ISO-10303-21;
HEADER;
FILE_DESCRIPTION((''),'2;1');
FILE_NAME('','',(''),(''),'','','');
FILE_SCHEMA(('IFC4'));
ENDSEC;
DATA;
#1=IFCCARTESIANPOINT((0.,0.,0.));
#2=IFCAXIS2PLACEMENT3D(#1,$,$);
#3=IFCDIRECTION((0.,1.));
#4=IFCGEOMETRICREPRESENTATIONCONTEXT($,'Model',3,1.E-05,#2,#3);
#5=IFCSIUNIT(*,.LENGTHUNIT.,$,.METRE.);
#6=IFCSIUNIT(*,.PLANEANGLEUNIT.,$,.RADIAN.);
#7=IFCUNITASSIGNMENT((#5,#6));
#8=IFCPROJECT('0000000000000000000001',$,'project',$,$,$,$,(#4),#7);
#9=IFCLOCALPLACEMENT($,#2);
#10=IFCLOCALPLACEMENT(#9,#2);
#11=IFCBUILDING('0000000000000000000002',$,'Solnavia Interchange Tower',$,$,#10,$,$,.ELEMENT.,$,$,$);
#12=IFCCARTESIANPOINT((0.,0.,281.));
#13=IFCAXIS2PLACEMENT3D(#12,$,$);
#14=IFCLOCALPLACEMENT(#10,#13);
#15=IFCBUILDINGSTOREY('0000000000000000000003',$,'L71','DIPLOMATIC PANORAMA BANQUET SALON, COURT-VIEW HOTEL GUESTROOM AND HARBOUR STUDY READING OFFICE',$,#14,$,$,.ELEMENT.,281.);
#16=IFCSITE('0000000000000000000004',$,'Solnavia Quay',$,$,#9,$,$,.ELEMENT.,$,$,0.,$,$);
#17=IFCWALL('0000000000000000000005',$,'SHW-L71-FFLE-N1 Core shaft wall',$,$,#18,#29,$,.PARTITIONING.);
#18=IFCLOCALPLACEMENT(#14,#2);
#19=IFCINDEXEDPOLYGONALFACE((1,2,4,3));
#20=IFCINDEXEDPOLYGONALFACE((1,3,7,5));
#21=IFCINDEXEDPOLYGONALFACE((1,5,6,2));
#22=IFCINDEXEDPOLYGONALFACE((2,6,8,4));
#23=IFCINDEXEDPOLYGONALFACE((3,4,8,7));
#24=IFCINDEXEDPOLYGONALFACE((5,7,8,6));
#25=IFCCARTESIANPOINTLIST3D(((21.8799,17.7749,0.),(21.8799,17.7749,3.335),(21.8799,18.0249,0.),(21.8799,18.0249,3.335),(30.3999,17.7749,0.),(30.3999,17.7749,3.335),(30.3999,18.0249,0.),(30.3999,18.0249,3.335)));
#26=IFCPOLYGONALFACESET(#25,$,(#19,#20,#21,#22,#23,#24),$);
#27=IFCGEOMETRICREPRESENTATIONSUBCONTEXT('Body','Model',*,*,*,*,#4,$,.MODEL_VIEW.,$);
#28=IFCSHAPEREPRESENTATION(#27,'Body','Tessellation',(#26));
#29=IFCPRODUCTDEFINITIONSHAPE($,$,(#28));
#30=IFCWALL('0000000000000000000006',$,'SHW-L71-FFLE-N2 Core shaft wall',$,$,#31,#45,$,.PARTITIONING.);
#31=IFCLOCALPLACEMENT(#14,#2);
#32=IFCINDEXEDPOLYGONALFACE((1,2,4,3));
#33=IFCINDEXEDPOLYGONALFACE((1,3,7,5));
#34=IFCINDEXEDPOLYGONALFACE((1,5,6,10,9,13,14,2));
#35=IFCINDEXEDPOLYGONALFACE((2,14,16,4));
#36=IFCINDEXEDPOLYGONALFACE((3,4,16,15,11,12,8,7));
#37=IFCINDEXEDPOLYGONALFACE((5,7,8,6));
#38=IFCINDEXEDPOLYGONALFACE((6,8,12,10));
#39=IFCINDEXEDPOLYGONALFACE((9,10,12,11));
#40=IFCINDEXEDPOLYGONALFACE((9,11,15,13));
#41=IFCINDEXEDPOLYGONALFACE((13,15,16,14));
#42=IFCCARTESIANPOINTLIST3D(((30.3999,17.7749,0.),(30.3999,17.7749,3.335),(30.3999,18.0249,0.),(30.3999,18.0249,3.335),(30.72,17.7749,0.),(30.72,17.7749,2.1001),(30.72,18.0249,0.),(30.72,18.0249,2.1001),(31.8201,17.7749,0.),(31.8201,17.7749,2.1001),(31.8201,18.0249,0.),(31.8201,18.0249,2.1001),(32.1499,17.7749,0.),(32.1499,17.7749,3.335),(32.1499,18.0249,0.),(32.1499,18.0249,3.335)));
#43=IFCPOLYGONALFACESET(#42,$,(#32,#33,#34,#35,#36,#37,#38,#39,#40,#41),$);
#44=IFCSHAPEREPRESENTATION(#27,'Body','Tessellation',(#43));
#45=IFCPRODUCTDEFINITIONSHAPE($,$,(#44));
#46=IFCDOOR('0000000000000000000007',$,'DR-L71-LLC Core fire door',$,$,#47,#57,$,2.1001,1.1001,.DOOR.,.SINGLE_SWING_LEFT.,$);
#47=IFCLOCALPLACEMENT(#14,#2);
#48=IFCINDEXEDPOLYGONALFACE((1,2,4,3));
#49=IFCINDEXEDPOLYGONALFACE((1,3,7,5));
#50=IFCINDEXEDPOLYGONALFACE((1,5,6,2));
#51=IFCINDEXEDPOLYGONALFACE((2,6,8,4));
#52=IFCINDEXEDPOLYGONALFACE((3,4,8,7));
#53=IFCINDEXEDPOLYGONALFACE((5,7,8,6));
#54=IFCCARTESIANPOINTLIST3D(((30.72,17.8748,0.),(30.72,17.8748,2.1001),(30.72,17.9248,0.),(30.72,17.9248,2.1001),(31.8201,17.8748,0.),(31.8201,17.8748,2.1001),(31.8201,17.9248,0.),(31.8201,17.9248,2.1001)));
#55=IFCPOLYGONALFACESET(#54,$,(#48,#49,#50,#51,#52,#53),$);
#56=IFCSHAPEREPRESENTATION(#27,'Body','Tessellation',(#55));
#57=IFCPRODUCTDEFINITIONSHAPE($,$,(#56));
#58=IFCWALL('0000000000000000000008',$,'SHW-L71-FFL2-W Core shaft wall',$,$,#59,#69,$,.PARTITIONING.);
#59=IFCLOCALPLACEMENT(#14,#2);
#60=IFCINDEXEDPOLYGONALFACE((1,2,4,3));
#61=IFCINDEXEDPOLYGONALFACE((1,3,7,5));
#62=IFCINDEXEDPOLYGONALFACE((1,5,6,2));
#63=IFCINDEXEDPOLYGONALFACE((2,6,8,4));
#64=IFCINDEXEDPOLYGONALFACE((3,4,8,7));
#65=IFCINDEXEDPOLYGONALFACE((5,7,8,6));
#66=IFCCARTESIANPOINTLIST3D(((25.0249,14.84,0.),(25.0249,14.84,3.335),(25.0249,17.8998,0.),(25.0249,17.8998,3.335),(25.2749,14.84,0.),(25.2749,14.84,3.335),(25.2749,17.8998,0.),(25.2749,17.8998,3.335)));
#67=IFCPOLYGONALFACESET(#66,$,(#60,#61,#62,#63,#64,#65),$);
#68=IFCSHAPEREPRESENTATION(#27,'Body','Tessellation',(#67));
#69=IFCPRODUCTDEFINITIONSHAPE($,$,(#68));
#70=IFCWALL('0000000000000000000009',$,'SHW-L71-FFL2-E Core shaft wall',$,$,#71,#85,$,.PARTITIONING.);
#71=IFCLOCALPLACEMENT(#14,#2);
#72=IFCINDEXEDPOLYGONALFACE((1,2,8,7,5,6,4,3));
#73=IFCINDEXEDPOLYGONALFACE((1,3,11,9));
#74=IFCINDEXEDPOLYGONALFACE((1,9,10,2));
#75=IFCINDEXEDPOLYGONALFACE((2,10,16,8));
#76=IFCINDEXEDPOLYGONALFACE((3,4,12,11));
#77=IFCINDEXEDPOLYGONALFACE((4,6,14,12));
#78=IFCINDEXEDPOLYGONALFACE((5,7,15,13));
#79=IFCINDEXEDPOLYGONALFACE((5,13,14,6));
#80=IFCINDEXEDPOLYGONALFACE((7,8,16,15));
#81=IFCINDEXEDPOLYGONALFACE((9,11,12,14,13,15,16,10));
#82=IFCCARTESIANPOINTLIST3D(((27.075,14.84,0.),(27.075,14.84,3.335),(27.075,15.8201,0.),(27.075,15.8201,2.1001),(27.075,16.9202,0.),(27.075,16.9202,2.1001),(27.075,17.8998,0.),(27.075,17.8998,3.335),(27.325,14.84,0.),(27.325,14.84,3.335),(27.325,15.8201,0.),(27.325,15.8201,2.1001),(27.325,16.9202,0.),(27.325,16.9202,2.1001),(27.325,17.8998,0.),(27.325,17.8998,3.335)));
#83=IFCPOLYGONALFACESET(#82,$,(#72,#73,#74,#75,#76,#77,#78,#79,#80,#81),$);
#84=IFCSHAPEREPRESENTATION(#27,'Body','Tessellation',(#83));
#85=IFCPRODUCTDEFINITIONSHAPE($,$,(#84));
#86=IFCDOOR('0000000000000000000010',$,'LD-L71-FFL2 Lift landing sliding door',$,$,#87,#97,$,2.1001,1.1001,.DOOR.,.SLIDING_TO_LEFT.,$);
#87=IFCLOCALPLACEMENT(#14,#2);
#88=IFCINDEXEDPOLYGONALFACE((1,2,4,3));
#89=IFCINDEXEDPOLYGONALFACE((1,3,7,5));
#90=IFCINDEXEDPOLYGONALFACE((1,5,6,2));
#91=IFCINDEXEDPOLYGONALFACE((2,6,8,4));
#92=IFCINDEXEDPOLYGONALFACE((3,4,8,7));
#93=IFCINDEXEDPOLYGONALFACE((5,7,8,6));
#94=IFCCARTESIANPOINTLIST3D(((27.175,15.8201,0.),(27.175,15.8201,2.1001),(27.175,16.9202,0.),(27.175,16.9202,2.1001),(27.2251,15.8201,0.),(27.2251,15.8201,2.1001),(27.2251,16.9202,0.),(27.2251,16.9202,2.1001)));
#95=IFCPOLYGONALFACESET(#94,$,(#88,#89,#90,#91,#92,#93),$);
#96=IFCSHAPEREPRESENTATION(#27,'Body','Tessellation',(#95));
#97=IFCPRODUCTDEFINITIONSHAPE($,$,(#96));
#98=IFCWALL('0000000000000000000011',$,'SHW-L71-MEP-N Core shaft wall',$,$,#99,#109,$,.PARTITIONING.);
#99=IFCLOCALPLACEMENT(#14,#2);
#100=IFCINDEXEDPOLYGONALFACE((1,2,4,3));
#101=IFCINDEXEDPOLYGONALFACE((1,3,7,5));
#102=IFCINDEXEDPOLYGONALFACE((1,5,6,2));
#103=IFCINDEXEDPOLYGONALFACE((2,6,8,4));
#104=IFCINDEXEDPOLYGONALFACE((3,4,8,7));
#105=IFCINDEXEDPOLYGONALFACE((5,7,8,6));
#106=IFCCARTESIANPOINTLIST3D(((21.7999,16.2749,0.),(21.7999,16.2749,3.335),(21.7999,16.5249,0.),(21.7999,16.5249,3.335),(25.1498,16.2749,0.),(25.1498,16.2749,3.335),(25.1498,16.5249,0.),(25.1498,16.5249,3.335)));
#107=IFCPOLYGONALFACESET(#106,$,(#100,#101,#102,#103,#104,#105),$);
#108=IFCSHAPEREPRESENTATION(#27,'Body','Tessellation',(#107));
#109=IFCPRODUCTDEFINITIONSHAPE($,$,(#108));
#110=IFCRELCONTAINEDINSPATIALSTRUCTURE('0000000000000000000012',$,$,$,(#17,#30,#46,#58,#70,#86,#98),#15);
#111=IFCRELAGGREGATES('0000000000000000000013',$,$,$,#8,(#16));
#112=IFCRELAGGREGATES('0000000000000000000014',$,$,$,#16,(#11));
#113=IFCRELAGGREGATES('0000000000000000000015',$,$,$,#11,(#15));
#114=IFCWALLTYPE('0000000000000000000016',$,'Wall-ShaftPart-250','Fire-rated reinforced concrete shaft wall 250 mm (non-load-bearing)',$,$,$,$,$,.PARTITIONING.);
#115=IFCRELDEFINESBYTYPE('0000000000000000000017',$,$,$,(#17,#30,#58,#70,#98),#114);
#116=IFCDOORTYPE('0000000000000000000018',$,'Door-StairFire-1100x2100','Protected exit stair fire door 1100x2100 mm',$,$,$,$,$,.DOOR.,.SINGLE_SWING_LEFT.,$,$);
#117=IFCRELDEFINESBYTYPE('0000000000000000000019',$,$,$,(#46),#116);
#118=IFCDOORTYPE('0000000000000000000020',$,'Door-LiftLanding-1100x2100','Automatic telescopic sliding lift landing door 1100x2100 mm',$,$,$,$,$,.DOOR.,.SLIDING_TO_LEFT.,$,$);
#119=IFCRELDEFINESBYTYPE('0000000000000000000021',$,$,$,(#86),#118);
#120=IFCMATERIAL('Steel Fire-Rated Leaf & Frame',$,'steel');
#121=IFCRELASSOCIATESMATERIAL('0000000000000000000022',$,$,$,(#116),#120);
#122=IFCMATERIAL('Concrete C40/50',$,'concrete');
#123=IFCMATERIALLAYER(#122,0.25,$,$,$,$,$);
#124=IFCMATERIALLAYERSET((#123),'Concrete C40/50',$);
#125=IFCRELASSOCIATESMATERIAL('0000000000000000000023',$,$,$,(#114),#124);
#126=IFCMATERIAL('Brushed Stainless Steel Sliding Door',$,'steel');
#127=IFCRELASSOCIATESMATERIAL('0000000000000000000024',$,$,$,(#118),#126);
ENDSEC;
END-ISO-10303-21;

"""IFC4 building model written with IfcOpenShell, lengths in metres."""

from ifc_helpers import new_model, si_unit, direction, frame, frame_2d, origin, place, context, subcontext, project, spatial, rectangle, extrude, material, layer, layer_set, type_object, element, fill, save


model = new_model("IFC4")

# Units and contexts
model_context = context("Model", 3, precision=1e-05, world=origin(), true_north=direction((0.0, 1.0)))
body_context = subcontext(model_context, "Body", "Model", "MODEL_VIEW")
ifc_project = project(units=[si_unit("LENGTHUNIT", "METRE"), si_unit("PLANEANGLEUNIT", "RADIAN")], contexts=[model_context])

# Site, building, storey
site_placement = place(None, origin())
site = spatial("IfcSite", under=ifc_project, at=site_placement, Name="Solnavia Quay", CompositionType="ELEMENT", RefElevation=0.0)
building_placement = place(site_placement, origin())
building = spatial("IfcBuilding", under=site, at=building_placement, Name="Solnavia Interchange Tower", CompositionType="ELEMENT")
storey_placement = place(building_placement, frame((0.0, 0.0, 281.0)))
storey = spatial("IfcBuildingStorey", under=building, at=storey_placement, Name="L71", Description="DIPLOMATIC PANORAMA BANQUET SALON, COURT-VIEW HOTEL GUESTROOM AND HARBOUR STUDY READING OFFICE", CompositionType="ELEMENT", Elevation=281.0)

# Shared definitions
ifc_material_1 = material(Name="Concrete C40/50", Category="concrete")
ifc_material_2 = material(Name="Steel Fire-Rated Leaf & Frame", Category="steel")
door_type_1 = type_object("IfcDoorType", Name="Door-StairFire-1100x2100", Description="Protected exit stair fire door 1100x2100 mm", OperationType="SINGLE_SWING_LEFT", PredefinedType="DOOR", material=ifc_material_2)

# Wall
ifc_layer_1 = layer(ifc_material_1, 0.25)
ifc_layer_set_1 = layer_set([ifc_layer_1], Name="Concrete C40/50")
wall_type_1 = type_object("IfcWallType", Name="Wall-ShaftPart-250", Description="Fire-rated reinforced concrete shaft wall 250 mm (non-load-bearing)", PredefinedType="PARTITIONING", material=ifc_layer_set_1)
wall_1_placement = place(storey_placement, frame((21.8799, 17.8999, 0.0), z_axis=(0.0, 0.0, 1.0), x_axis=(1.0, 0.0, 0.0)))
element("IfcWall", 1, at=wall_1_placement, inside=storey, type_object=wall_type_1, Name="SHW-L71-FFLE-N1 Core shaft wall", PredefinedType="PARTITIONING", context=body_context, shape_type="SweptSolid", body=[
    extrude(rectangle(XDim=8.52, YDim=0.25, at=frame_2d((4.26, 0.0))), origin(), (0.0, 0.0, 1.0), 3.335),
])

# Wall, opening, door
wall_2_placement = place(storey_placement, frame((30.3999, 17.8999, 0.0), z_axis=(0.0, 0.0, 1.0), x_axis=(1.0, 0.0, 0.0)))
wall_2 = element("IfcWall", 2, at=wall_2_placement, inside=storey, type_object=wall_type_1, Name="SHW-L71-FFLE-N2 Core shaft wall", PredefinedType="PARTITIONING", context=body_context, shape_type="SweptSolid", body=[
    extrude(rectangle(XDim=1.75, YDim=0.25, at=frame_2d((0.875, 0.0))), origin(), (0.0, 0.0, 1.0), 3.335),
])
opening_1_placement = place(wall_2_placement, frame((0.3201, 0.0, 0.0)))
opening_1 = element("IfcOpeningElement", 3, at=opening_1_placement, cuts=wall_2, PredefinedType="OPENING", context=body_context, shape_type="SweptSolid", body=[
    extrude(rectangle(XDim=1.1001, YDim=2.1001, at=frame_2d((0.55, 1.05))), frame((0.0, 0.135, 0.0), z_axis=(0.0, -1.0, 0.0), x_axis=(1.0, 0.0, 0.0)), (0.0, 0.0, 1.0), 0.27),
])
door_1_placement = place(opening_1_placement, origin())
door_1 = element("IfcDoor", 4, at=door_1_placement, inside=storey, type_object=door_type_1, Name="DR-L71-LLC Core fire door", OperationType="SINGLE_SWING_LEFT", OverallHeight=2.1001, OverallWidth=1.1001, PredefinedType="DOOR", context=body_context, shape_type="SweptSolid", body=[
    extrude(rectangle(XDim=1.1001, YDim=2.1001, at=frame_2d((0.55, 1.05))), frame((0.0, 0.0249, 0.0), z_axis=(0.0, -1.0, 0.0), x_axis=(1.0, 0.0, 0.0)), (0.0, 0.0, 1.0), 0.05),
])
fill(opening_1, door_1)

# Wall
wall_3_placement = place(storey_placement, frame((25.1499, 14.8401, 0.0), z_axis=(0.0, 0.0, 1.0), x_axis=(0.0, 1.0, 0.0)))
element("IfcWall", 5, at=wall_3_placement, inside=storey, type_object=wall_type_1, Name="SHW-L71-FFL2-W Core shaft wall", PredefinedType="PARTITIONING", context=body_context, shape_type="SweptSolid", body=[
    extrude(rectangle(XDim=3.0598, YDim=0.25, at=frame_2d((1.5298, 0.0))), origin(), (0.0, 0.0, 1.0), 3.335),
])

# Wall, opening, door
wall_4_placement = place(storey_placement, frame((27.2, 14.8401, 0.0), z_axis=(0.0, 0.0, 1.0), x_axis=(0.0, 1.0, 0.0)))
wall_4 = element("IfcWall", 6, at=wall_4_placement, inside=storey, type_object=wall_type_1, Name="SHW-L71-FFL2-E Core shaft wall", PredefinedType="PARTITIONING", context=body_context, shape_type="SweptSolid", body=[
    extrude(rectangle(XDim=3.0598, YDim=0.25, at=frame_2d((1.5298, 0.0))), origin(), (0.0, 0.0, 1.0), 3.335),
])
opening_2_placement = place(wall_4_placement, frame((0.98, 0.0, 0.0)))
opening_2 = element("IfcOpeningElement", 7, at=opening_2_placement, cuts=wall_4, PredefinedType="OPENING", context=body_context, shape_type="SweptSolid", body=[
    extrude(rectangle(XDim=1.1001, YDim=2.1001, at=frame_2d((0.55, 1.05))), frame((0.0, 0.135, 0.0), z_axis=(0.0, -1.0, 0.0), x_axis=(1.0, 0.0, 0.0)), (0.0, 0.0, 1.0), 0.27),
])
ifc_material_3 = material(Name="Brushed Stainless Steel Sliding Door", Category="steel")
door_type_2 = type_object("IfcDoorType", Name="Door-LiftLanding-1100x2100", Description="Automatic telescopic sliding lift landing door 1100x2100 mm", OperationType="SLIDING_TO_LEFT", PredefinedType="DOOR", material=ifc_material_3)
door_2_placement = place(opening_2_placement, origin())
door_2 = element("IfcDoor", 8, at=door_2_placement, inside=storey, type_object=door_type_2, Name="LD-L71-FFL2 Lift landing sliding door", OperationType="SLIDING_TO_LEFT", OverallHeight=2.1001, OverallWidth=1.1001, PredefinedType="DOOR", context=body_context, shape_type="SweptSolid", body=[
    extrude(rectangle(XDim=1.1001, YDim=2.1001, at=frame_2d((0.55, 1.05))), frame((0.0, 0.0249, 0.0), z_axis=(0.0, -1.0, 0.0), x_axis=(1.0, 0.0, 0.0)), (0.0, 0.0, 1.0), 0.05),
])
fill(opening_2, door_2)

# Wall
wall_5_placement = place(storey_placement, frame((21.8, 16.3999, 0.0), z_axis=(0.0, 0.0, 1.0), x_axis=(1.0, 0.0, 0.0)))
element("IfcWall", 9, at=wall_5_placement, inside=storey, type_object=wall_type_1, Name="SHW-L71-MEP-N Core shaft wall", PredefinedType="PARTITIONING", context=body_context, shape_type="SweptSolid", body=[
    extrude(rectangle(XDim=3.3499, YDim=0.25, at=frame_2d((1.6748, 0.0))), origin(), (0.0, 0.0, 1.0), 3.335),
])

save(model, "model.ifc")
